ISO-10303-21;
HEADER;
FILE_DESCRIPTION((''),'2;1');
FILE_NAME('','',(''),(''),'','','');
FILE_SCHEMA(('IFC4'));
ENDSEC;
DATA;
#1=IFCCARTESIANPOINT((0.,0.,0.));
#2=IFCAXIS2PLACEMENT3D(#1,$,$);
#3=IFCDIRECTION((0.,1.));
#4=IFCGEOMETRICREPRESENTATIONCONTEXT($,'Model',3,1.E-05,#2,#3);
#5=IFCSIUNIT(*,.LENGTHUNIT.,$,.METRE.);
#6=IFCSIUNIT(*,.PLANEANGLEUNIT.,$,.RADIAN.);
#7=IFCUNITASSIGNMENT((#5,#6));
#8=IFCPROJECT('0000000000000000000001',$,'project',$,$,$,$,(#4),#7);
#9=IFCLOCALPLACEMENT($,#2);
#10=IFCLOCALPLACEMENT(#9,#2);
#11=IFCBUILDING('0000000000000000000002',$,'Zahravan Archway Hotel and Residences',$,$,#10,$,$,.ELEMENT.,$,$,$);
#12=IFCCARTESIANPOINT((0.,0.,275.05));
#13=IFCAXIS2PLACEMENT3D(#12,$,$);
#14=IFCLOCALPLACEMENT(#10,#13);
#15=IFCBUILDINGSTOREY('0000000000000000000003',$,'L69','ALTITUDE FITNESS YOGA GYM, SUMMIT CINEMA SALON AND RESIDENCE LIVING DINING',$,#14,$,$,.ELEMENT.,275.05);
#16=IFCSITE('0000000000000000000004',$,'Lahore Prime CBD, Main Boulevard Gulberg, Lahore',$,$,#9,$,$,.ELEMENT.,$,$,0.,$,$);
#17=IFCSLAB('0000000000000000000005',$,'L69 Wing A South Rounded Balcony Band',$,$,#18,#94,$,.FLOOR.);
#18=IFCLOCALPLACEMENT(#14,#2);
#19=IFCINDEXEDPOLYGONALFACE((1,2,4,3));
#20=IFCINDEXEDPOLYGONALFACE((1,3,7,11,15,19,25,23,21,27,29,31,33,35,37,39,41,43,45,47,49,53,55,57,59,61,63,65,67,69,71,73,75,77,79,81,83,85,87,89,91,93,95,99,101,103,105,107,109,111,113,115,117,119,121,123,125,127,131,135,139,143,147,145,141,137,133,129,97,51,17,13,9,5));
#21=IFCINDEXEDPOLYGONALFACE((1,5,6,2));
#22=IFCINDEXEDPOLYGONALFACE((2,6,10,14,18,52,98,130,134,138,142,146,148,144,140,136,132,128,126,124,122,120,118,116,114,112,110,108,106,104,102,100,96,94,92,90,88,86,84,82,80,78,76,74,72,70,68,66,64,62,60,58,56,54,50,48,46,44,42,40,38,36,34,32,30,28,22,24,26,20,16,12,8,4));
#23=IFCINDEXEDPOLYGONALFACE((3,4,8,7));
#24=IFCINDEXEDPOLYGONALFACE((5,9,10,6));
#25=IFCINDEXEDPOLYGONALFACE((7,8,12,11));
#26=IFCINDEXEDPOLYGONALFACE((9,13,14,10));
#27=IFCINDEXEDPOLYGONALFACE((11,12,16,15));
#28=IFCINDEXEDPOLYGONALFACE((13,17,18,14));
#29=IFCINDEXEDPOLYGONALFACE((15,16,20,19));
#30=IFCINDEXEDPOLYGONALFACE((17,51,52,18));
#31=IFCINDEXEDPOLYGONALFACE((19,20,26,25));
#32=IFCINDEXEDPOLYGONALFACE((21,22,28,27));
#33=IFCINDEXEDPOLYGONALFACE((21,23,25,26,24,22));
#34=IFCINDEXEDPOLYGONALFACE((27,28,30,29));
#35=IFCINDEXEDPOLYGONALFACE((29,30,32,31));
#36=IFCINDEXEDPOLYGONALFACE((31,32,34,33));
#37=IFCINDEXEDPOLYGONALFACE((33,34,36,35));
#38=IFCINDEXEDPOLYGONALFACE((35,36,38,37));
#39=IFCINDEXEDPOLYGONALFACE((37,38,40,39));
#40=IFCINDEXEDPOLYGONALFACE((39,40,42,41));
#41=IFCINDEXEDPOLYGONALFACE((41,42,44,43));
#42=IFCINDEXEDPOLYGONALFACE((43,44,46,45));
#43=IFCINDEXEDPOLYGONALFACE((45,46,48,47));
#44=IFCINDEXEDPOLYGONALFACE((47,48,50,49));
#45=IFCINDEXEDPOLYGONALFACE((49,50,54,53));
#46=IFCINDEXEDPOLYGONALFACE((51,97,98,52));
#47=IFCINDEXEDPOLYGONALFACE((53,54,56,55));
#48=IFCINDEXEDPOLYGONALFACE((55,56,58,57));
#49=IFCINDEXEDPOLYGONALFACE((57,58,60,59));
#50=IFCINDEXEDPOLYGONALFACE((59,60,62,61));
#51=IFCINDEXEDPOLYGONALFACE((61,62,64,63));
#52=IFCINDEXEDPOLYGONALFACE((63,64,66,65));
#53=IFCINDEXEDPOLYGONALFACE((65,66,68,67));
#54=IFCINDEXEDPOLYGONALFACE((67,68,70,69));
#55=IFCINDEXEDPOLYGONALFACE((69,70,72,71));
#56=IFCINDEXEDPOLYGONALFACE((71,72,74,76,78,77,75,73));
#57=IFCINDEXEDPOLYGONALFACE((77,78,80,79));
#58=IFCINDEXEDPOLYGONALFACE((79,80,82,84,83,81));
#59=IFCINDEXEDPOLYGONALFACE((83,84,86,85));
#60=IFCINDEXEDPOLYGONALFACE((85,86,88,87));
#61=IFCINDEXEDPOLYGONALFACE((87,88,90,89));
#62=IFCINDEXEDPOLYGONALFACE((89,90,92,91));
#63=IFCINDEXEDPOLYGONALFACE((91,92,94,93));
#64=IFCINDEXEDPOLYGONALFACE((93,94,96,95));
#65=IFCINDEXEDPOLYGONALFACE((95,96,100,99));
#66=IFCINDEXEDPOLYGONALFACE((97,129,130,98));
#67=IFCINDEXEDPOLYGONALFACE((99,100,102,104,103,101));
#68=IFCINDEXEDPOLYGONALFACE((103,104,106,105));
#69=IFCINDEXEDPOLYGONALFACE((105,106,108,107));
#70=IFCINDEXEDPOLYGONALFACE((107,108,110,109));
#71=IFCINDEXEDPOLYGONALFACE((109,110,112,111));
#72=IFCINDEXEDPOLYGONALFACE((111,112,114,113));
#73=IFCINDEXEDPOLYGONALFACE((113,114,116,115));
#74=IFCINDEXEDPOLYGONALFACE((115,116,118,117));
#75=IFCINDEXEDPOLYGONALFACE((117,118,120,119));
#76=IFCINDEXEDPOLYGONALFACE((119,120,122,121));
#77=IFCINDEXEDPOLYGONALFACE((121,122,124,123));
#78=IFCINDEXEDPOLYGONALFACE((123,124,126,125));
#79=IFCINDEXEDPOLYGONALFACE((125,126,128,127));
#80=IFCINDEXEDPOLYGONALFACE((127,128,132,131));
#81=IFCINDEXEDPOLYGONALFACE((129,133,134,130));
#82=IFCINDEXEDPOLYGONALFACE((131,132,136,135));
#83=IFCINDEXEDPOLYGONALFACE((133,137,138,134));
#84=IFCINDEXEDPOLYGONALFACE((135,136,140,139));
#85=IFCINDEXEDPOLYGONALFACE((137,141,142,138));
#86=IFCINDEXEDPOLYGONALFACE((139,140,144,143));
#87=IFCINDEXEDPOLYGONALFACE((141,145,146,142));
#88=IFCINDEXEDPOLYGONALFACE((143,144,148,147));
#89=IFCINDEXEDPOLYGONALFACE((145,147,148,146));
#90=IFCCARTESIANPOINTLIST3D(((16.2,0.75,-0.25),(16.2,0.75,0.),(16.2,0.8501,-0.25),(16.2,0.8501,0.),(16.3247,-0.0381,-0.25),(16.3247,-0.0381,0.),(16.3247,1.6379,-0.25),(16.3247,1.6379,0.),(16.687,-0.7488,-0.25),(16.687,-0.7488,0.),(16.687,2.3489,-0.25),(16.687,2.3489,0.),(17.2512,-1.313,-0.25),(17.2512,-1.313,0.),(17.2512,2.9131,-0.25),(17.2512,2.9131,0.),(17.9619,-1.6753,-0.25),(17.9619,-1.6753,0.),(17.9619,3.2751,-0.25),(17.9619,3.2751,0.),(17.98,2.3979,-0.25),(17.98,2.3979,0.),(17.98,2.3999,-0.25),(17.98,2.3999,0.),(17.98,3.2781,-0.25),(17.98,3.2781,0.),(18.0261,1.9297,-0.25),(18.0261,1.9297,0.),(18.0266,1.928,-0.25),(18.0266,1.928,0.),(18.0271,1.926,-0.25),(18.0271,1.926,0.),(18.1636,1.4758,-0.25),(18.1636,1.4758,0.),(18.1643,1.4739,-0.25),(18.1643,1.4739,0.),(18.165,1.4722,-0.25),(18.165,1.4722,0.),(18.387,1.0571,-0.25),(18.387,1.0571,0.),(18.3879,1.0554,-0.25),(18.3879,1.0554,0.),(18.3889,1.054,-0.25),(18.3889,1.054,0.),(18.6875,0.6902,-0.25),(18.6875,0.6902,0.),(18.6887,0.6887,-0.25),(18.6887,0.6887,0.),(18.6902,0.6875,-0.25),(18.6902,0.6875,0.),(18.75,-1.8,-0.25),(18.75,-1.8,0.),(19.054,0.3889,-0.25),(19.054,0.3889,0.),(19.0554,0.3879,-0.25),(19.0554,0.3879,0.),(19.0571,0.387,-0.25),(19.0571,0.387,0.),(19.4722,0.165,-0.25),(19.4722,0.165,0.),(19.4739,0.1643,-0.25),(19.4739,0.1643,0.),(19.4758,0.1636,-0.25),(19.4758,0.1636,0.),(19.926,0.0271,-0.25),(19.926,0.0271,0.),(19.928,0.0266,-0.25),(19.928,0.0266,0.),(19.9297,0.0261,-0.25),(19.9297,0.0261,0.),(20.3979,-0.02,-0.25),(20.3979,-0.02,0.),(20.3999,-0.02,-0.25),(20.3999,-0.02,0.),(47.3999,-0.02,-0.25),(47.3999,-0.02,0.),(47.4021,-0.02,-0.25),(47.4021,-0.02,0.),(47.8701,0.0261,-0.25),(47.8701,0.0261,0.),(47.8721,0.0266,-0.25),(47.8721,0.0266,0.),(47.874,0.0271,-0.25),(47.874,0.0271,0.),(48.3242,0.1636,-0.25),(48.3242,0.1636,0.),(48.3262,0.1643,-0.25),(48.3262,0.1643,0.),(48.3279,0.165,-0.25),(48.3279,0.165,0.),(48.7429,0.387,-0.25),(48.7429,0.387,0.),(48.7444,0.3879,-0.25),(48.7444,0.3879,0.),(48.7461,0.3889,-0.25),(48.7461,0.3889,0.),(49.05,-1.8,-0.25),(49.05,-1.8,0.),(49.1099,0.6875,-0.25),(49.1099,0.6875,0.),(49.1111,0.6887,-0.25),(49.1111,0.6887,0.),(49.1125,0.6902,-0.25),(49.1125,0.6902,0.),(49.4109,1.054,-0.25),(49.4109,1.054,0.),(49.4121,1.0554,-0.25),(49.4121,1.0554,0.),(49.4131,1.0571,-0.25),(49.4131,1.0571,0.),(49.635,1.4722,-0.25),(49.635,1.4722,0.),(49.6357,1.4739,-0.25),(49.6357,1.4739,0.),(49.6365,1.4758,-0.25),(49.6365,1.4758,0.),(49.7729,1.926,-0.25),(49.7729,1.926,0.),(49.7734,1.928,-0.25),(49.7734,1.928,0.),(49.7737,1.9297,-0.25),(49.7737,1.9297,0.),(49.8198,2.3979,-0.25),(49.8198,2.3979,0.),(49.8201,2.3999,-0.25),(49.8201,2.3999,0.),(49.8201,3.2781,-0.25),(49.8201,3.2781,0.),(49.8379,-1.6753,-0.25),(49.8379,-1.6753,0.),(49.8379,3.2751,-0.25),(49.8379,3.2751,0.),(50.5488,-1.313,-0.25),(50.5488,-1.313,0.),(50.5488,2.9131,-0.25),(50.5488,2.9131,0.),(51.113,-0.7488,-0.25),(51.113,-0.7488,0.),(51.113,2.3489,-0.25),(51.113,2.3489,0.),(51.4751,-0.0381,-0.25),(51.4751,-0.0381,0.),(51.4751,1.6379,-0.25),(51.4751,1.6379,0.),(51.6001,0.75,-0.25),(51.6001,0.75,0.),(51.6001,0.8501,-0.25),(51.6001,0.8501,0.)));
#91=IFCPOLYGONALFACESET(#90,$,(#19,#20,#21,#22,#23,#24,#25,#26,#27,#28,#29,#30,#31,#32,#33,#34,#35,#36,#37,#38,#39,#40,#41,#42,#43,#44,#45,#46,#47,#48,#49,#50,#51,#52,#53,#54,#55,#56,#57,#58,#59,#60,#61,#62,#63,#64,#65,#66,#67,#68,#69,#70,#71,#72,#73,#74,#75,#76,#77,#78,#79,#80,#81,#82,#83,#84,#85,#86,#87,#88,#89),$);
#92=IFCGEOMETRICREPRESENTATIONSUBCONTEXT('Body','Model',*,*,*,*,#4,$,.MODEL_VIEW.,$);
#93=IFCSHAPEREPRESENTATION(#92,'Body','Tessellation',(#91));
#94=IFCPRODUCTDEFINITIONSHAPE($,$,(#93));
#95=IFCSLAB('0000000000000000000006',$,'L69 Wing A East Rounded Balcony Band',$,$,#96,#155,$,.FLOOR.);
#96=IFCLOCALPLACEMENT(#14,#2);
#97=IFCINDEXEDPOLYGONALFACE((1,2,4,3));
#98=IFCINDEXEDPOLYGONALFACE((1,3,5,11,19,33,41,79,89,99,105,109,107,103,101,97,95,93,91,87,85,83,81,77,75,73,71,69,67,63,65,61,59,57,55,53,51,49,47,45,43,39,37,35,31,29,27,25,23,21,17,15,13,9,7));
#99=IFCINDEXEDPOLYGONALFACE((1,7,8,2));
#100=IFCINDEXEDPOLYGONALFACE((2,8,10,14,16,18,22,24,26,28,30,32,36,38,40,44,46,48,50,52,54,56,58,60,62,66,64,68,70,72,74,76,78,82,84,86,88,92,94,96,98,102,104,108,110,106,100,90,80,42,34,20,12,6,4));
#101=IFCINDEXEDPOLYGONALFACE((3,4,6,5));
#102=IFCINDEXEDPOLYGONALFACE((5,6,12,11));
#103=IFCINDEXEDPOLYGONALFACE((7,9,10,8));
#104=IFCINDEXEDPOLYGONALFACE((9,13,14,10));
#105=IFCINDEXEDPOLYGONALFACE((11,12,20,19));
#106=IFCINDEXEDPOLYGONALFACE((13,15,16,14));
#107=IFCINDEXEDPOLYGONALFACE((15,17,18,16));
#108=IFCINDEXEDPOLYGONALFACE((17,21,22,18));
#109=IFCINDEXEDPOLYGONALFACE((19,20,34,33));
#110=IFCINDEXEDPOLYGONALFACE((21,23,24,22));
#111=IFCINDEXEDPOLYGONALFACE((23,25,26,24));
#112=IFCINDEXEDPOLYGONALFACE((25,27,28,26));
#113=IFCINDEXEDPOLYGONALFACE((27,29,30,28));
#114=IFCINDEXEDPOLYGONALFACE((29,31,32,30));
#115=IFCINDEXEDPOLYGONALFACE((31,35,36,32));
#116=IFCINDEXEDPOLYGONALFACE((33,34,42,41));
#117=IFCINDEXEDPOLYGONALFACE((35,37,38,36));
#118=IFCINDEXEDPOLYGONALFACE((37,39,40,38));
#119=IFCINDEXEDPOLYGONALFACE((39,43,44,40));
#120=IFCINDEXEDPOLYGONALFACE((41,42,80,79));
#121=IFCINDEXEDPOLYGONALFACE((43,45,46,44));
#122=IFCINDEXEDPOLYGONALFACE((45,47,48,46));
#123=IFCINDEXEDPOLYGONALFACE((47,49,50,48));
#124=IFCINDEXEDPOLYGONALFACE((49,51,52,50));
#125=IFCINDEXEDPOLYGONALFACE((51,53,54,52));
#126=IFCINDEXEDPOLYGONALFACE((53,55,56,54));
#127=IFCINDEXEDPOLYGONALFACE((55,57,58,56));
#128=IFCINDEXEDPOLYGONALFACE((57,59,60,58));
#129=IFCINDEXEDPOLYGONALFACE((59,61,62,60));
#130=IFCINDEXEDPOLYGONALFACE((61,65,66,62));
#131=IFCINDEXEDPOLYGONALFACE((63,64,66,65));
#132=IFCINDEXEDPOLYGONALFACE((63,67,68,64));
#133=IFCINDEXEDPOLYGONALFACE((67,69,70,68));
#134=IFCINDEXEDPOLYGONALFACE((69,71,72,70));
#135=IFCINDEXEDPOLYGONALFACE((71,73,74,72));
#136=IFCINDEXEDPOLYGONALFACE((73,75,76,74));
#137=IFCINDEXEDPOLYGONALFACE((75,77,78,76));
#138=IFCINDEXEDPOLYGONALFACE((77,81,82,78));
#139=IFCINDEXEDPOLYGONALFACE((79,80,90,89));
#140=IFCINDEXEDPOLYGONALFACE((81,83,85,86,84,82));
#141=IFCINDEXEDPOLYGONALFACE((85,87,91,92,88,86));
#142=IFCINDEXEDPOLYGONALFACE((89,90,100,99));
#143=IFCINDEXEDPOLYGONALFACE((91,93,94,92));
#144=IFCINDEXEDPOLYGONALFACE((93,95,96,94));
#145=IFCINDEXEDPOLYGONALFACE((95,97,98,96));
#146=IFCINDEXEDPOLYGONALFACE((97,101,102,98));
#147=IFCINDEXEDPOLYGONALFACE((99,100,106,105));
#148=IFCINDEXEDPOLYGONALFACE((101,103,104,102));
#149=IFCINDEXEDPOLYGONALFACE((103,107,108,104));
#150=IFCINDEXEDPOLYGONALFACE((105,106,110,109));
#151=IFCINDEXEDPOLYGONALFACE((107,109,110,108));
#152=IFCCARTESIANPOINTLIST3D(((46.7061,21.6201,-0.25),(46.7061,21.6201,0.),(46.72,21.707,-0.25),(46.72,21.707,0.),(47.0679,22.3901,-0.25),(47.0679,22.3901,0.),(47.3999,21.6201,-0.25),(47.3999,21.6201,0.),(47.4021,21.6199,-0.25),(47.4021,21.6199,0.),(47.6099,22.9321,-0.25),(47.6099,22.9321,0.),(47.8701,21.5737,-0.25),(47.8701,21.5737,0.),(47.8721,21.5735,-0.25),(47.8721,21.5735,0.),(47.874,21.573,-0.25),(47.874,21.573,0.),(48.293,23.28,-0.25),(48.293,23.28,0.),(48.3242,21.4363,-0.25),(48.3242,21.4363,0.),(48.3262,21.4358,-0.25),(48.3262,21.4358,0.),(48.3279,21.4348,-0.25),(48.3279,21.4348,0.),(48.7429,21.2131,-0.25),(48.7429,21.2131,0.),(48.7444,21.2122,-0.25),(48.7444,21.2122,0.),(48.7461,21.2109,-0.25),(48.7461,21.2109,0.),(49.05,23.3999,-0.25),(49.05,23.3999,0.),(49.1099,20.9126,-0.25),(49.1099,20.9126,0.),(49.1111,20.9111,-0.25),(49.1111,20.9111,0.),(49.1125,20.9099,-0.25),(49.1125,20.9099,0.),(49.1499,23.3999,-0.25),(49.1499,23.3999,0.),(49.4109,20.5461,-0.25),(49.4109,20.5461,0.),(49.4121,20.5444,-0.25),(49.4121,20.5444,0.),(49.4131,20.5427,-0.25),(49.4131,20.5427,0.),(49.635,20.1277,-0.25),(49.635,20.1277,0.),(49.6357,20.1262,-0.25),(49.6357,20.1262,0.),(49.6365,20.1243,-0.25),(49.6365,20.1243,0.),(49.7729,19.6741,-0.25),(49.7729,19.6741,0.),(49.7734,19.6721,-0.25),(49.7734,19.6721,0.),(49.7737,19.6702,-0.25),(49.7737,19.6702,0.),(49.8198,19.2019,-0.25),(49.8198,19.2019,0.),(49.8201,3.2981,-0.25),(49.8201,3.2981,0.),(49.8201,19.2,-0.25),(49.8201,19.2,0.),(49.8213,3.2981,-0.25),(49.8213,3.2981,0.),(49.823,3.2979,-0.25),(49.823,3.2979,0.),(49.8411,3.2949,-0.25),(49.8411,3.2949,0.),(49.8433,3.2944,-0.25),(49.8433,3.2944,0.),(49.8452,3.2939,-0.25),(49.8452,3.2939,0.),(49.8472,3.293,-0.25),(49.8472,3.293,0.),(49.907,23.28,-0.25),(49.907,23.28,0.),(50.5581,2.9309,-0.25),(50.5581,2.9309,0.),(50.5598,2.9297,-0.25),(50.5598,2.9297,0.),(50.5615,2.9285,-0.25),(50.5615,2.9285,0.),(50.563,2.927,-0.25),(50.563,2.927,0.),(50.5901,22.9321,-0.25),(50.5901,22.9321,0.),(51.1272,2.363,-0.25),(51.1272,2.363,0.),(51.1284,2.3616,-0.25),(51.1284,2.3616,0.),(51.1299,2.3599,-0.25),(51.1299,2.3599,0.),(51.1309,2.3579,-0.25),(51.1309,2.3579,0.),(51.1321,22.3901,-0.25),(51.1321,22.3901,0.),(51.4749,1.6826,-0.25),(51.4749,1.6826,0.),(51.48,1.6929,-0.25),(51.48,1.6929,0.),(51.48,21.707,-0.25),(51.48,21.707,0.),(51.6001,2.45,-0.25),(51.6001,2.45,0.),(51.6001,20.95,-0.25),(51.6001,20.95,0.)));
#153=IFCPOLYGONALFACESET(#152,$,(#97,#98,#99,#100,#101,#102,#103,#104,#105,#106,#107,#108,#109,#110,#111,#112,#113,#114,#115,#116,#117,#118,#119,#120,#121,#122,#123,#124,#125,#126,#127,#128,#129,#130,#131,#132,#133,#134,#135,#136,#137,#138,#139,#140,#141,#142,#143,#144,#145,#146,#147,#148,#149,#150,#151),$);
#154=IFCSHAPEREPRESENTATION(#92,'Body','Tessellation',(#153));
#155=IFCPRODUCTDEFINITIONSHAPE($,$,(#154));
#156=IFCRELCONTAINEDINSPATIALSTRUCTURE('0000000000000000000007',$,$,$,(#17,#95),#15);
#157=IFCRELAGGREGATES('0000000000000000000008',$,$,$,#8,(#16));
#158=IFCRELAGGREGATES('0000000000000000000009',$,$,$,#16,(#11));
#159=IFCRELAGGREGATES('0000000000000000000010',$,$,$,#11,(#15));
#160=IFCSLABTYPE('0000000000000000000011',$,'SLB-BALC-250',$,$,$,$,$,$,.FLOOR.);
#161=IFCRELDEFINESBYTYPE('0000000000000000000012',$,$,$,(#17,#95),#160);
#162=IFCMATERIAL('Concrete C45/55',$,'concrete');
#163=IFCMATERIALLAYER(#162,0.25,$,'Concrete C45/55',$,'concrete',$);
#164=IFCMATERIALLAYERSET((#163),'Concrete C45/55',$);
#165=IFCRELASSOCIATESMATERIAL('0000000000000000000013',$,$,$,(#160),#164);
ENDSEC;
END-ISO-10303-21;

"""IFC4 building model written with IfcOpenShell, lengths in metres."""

from ifc_helpers import new_model, si_unit, direction, frame, origin, place, context, subcontext, project, spatial, polyline, outline, extrude, material, layer, layer_set, type_object, element, save


model = new_model("IFC4")

# Units and contexts
model_context = context("Model", 3, precision=1e-05, world=origin(), true_north=direction((0.0, 1.0)))
body_context = subcontext(model_context, "Body", "Model", "MODEL_VIEW")
ifc_project = project(units=[si_unit("LENGTHUNIT", "METRE"), si_unit("PLANEANGLEUNIT", "RADIAN")], contexts=[model_context])

# Site, building, storey
site_placement = place(None, origin())
site = spatial("IfcSite", under=ifc_project, at=site_placement, Name="Lahore Prime CBD, Main Boulevard Gulberg, Lahore", CompositionType="ELEMENT", RefElevation=0.0)
building_placement = place(site_placement, origin())
building = spatial("IfcBuilding", under=site, at=building_placement, Name="Zahravan Archway Hotel and Residences", CompositionType="ELEMENT")
storey_placement = place(building_placement, frame((0.0, 0.0, 275.05)))
storey = spatial("IfcBuildingStorey", under=building, at=storey_placement, Name="L69", Description="ALTITUDE FITNESS YOGA GYM, SUMMIT CINEMA SALON AND RESIDENCE LIVING DINING", CompositionType="ELEMENT", Elevation=275.05)

# Slabs
ifc_material_1 = material(Name="Concrete C45/55", Category="concrete")
ifc_layer_1 = layer(ifc_material_1, 0.25, Name="Concrete C45/55", Category="concrete")
ifc_layer_set_1 = layer_set([ifc_layer_1], Name="Concrete C45/55")
slab_type_1 = type_object("IfcSlabType", Name="SLB-BALC-250", PredefinedType="FLOOR", material=ifc_layer_set_1)
slab_1_placement = place(storey_placement, frame((0.0, 0.0, -0.25)))
element("IfcSlab", 1, at=slab_1_placement, inside=storey, type_object=slab_type_1, Name="L69 Wing A South Rounded Balcony Band", PredefinedType="FLOOR", context=body_context, shape_type="SweptSolid", body=[
    extrude(outline(polyline([(49.8379, 3.2751), (50.5488, 2.9131), (51.113, 2.3489), (51.4751, 1.6379), (51.6001, 0.8501), (51.6001, 0.75), (51.4751, -0.0381), (51.113, -0.7488), (50.5488, -1.313), (49.8379, -1.6753), (49.05, -1.8), (18.75, -1.8), (17.9619, -1.6753), (17.2512, -1.313), (16.687, -0.7488), (16.3247, -0.0381), (16.2, 0.75), (16.2, 0.8501), (16.3247, 1.6379), (16.687, 2.3489), (17.2512, 2.9131), (17.9619, 3.2751), (17.98, 3.2781), (17.98, 2.3999), (17.98, 2.3979), (18.0261, 1.9297), (18.0266, 1.928), (18.0271, 1.926), (18.1636, 1.4758), (18.1643, 1.4739), (18.165, 1.4722), (18.387, 1.0571), (18.3879, 1.0554), (18.3889, 1.054), (18.6875, 0.6902), (18.6887, 0.6887), (18.6902, 0.6875), (19.054, 0.3889), (19.0554, 0.3879), (19.0571, 0.387), (19.4722, 0.165), (19.4739, 0.1643), (19.4758, 0.1636), (19.926, 0.0271), (19.928, 0.0266), (19.9297, 0.0261), (20.3979, -0.02), (20.3999, -0.02), (47.3999, -0.02), (47.4021, -0.02), (47.8701, 0.0261), (47.8721, 0.0266), (47.874, 0.0271), (48.3242, 0.1636), (48.3262, 0.1643), (48.3279, 0.165), (48.7429, 0.387), (48.7444, 0.3879), (48.7461, 0.3889), (49.1099, 0.6875), (49.1111, 0.6887), (49.1125, 0.6902), (49.4109, 1.054), (49.4121, 1.0554), (49.4131, 1.0571), (49.635, 1.4722), (49.6357, 1.4739), (49.6365, 1.4758), (49.7729, 1.926), (49.7734, 1.928), (49.7737, 1.9297), (49.8198, 2.3979), (49.8201, 2.3999), (49.8201, 3.2781), (49.8379, 3.2751)])), origin(), (0.0, 0.0, 1.0), 0.25),
])
slab_2_placement = place(storey_placement, frame((0.0, 0.0, -0.25)))
element("IfcSlab", 2, at=slab_2_placement, inside=storey, type_object=slab_type_1, Name="L69 Wing A East Rounded Balcony Band", PredefinedType="FLOOR", context=body_context, shape_type="SweptSolid", body=[
    extrude(outline(polyline([(46.72, 21.707), (47.0679, 22.3901), (47.6099, 22.9321), (48.293, 23.28), (49.05, 23.3999), (49.1499, 23.3999), (49.907, 23.28), (50.5901, 22.9321), (51.1321, 22.3901), (51.48, 21.707), (51.6001, 20.95), (51.6001, 2.45), (51.48, 1.6929), (51.4749, 1.6826), (51.1309, 2.3579), (51.1299, 2.3599), (51.1284, 2.3616), (51.1272, 2.363), (50.563, 2.927), (50.5615, 2.9285), (50.5598, 2.9297), (50.5581, 2.9309), (49.8472, 3.293), (49.8452, 3.2939), (49.8433, 3.2944), (49.8411, 3.2949), (49.823, 3.2979), (49.8213, 3.2981), (49.8201, 3.2981), (49.8201, 19.2), (49.8198, 19.2019), (49.7737, 19.6702), (49.7734, 19.6721), (49.7729, 19.6741), (49.6365, 20.1243), (49.6357, 20.1262), (49.635, 20.1277), (49.4131, 20.5427), (49.4121, 20.5444), (49.4109, 20.5461), (49.1125, 20.9099), (49.1111, 20.9111), (49.1099, 20.9126), (48.7461, 21.2109), (48.7444, 21.2122), (48.7429, 21.2131), (48.3279, 21.4348), (48.3262, 21.4358), (48.3242, 21.4363), (47.874, 21.573), (47.8721, 21.5735), (47.8701, 21.5737), (47.4021, 21.6199), (47.3999, 21.6201), (46.7061, 21.6201), (46.72, 21.707)])), origin(), (0.0, 0.0, 1.0), 0.25),
])

save(model, "model.ifc")
